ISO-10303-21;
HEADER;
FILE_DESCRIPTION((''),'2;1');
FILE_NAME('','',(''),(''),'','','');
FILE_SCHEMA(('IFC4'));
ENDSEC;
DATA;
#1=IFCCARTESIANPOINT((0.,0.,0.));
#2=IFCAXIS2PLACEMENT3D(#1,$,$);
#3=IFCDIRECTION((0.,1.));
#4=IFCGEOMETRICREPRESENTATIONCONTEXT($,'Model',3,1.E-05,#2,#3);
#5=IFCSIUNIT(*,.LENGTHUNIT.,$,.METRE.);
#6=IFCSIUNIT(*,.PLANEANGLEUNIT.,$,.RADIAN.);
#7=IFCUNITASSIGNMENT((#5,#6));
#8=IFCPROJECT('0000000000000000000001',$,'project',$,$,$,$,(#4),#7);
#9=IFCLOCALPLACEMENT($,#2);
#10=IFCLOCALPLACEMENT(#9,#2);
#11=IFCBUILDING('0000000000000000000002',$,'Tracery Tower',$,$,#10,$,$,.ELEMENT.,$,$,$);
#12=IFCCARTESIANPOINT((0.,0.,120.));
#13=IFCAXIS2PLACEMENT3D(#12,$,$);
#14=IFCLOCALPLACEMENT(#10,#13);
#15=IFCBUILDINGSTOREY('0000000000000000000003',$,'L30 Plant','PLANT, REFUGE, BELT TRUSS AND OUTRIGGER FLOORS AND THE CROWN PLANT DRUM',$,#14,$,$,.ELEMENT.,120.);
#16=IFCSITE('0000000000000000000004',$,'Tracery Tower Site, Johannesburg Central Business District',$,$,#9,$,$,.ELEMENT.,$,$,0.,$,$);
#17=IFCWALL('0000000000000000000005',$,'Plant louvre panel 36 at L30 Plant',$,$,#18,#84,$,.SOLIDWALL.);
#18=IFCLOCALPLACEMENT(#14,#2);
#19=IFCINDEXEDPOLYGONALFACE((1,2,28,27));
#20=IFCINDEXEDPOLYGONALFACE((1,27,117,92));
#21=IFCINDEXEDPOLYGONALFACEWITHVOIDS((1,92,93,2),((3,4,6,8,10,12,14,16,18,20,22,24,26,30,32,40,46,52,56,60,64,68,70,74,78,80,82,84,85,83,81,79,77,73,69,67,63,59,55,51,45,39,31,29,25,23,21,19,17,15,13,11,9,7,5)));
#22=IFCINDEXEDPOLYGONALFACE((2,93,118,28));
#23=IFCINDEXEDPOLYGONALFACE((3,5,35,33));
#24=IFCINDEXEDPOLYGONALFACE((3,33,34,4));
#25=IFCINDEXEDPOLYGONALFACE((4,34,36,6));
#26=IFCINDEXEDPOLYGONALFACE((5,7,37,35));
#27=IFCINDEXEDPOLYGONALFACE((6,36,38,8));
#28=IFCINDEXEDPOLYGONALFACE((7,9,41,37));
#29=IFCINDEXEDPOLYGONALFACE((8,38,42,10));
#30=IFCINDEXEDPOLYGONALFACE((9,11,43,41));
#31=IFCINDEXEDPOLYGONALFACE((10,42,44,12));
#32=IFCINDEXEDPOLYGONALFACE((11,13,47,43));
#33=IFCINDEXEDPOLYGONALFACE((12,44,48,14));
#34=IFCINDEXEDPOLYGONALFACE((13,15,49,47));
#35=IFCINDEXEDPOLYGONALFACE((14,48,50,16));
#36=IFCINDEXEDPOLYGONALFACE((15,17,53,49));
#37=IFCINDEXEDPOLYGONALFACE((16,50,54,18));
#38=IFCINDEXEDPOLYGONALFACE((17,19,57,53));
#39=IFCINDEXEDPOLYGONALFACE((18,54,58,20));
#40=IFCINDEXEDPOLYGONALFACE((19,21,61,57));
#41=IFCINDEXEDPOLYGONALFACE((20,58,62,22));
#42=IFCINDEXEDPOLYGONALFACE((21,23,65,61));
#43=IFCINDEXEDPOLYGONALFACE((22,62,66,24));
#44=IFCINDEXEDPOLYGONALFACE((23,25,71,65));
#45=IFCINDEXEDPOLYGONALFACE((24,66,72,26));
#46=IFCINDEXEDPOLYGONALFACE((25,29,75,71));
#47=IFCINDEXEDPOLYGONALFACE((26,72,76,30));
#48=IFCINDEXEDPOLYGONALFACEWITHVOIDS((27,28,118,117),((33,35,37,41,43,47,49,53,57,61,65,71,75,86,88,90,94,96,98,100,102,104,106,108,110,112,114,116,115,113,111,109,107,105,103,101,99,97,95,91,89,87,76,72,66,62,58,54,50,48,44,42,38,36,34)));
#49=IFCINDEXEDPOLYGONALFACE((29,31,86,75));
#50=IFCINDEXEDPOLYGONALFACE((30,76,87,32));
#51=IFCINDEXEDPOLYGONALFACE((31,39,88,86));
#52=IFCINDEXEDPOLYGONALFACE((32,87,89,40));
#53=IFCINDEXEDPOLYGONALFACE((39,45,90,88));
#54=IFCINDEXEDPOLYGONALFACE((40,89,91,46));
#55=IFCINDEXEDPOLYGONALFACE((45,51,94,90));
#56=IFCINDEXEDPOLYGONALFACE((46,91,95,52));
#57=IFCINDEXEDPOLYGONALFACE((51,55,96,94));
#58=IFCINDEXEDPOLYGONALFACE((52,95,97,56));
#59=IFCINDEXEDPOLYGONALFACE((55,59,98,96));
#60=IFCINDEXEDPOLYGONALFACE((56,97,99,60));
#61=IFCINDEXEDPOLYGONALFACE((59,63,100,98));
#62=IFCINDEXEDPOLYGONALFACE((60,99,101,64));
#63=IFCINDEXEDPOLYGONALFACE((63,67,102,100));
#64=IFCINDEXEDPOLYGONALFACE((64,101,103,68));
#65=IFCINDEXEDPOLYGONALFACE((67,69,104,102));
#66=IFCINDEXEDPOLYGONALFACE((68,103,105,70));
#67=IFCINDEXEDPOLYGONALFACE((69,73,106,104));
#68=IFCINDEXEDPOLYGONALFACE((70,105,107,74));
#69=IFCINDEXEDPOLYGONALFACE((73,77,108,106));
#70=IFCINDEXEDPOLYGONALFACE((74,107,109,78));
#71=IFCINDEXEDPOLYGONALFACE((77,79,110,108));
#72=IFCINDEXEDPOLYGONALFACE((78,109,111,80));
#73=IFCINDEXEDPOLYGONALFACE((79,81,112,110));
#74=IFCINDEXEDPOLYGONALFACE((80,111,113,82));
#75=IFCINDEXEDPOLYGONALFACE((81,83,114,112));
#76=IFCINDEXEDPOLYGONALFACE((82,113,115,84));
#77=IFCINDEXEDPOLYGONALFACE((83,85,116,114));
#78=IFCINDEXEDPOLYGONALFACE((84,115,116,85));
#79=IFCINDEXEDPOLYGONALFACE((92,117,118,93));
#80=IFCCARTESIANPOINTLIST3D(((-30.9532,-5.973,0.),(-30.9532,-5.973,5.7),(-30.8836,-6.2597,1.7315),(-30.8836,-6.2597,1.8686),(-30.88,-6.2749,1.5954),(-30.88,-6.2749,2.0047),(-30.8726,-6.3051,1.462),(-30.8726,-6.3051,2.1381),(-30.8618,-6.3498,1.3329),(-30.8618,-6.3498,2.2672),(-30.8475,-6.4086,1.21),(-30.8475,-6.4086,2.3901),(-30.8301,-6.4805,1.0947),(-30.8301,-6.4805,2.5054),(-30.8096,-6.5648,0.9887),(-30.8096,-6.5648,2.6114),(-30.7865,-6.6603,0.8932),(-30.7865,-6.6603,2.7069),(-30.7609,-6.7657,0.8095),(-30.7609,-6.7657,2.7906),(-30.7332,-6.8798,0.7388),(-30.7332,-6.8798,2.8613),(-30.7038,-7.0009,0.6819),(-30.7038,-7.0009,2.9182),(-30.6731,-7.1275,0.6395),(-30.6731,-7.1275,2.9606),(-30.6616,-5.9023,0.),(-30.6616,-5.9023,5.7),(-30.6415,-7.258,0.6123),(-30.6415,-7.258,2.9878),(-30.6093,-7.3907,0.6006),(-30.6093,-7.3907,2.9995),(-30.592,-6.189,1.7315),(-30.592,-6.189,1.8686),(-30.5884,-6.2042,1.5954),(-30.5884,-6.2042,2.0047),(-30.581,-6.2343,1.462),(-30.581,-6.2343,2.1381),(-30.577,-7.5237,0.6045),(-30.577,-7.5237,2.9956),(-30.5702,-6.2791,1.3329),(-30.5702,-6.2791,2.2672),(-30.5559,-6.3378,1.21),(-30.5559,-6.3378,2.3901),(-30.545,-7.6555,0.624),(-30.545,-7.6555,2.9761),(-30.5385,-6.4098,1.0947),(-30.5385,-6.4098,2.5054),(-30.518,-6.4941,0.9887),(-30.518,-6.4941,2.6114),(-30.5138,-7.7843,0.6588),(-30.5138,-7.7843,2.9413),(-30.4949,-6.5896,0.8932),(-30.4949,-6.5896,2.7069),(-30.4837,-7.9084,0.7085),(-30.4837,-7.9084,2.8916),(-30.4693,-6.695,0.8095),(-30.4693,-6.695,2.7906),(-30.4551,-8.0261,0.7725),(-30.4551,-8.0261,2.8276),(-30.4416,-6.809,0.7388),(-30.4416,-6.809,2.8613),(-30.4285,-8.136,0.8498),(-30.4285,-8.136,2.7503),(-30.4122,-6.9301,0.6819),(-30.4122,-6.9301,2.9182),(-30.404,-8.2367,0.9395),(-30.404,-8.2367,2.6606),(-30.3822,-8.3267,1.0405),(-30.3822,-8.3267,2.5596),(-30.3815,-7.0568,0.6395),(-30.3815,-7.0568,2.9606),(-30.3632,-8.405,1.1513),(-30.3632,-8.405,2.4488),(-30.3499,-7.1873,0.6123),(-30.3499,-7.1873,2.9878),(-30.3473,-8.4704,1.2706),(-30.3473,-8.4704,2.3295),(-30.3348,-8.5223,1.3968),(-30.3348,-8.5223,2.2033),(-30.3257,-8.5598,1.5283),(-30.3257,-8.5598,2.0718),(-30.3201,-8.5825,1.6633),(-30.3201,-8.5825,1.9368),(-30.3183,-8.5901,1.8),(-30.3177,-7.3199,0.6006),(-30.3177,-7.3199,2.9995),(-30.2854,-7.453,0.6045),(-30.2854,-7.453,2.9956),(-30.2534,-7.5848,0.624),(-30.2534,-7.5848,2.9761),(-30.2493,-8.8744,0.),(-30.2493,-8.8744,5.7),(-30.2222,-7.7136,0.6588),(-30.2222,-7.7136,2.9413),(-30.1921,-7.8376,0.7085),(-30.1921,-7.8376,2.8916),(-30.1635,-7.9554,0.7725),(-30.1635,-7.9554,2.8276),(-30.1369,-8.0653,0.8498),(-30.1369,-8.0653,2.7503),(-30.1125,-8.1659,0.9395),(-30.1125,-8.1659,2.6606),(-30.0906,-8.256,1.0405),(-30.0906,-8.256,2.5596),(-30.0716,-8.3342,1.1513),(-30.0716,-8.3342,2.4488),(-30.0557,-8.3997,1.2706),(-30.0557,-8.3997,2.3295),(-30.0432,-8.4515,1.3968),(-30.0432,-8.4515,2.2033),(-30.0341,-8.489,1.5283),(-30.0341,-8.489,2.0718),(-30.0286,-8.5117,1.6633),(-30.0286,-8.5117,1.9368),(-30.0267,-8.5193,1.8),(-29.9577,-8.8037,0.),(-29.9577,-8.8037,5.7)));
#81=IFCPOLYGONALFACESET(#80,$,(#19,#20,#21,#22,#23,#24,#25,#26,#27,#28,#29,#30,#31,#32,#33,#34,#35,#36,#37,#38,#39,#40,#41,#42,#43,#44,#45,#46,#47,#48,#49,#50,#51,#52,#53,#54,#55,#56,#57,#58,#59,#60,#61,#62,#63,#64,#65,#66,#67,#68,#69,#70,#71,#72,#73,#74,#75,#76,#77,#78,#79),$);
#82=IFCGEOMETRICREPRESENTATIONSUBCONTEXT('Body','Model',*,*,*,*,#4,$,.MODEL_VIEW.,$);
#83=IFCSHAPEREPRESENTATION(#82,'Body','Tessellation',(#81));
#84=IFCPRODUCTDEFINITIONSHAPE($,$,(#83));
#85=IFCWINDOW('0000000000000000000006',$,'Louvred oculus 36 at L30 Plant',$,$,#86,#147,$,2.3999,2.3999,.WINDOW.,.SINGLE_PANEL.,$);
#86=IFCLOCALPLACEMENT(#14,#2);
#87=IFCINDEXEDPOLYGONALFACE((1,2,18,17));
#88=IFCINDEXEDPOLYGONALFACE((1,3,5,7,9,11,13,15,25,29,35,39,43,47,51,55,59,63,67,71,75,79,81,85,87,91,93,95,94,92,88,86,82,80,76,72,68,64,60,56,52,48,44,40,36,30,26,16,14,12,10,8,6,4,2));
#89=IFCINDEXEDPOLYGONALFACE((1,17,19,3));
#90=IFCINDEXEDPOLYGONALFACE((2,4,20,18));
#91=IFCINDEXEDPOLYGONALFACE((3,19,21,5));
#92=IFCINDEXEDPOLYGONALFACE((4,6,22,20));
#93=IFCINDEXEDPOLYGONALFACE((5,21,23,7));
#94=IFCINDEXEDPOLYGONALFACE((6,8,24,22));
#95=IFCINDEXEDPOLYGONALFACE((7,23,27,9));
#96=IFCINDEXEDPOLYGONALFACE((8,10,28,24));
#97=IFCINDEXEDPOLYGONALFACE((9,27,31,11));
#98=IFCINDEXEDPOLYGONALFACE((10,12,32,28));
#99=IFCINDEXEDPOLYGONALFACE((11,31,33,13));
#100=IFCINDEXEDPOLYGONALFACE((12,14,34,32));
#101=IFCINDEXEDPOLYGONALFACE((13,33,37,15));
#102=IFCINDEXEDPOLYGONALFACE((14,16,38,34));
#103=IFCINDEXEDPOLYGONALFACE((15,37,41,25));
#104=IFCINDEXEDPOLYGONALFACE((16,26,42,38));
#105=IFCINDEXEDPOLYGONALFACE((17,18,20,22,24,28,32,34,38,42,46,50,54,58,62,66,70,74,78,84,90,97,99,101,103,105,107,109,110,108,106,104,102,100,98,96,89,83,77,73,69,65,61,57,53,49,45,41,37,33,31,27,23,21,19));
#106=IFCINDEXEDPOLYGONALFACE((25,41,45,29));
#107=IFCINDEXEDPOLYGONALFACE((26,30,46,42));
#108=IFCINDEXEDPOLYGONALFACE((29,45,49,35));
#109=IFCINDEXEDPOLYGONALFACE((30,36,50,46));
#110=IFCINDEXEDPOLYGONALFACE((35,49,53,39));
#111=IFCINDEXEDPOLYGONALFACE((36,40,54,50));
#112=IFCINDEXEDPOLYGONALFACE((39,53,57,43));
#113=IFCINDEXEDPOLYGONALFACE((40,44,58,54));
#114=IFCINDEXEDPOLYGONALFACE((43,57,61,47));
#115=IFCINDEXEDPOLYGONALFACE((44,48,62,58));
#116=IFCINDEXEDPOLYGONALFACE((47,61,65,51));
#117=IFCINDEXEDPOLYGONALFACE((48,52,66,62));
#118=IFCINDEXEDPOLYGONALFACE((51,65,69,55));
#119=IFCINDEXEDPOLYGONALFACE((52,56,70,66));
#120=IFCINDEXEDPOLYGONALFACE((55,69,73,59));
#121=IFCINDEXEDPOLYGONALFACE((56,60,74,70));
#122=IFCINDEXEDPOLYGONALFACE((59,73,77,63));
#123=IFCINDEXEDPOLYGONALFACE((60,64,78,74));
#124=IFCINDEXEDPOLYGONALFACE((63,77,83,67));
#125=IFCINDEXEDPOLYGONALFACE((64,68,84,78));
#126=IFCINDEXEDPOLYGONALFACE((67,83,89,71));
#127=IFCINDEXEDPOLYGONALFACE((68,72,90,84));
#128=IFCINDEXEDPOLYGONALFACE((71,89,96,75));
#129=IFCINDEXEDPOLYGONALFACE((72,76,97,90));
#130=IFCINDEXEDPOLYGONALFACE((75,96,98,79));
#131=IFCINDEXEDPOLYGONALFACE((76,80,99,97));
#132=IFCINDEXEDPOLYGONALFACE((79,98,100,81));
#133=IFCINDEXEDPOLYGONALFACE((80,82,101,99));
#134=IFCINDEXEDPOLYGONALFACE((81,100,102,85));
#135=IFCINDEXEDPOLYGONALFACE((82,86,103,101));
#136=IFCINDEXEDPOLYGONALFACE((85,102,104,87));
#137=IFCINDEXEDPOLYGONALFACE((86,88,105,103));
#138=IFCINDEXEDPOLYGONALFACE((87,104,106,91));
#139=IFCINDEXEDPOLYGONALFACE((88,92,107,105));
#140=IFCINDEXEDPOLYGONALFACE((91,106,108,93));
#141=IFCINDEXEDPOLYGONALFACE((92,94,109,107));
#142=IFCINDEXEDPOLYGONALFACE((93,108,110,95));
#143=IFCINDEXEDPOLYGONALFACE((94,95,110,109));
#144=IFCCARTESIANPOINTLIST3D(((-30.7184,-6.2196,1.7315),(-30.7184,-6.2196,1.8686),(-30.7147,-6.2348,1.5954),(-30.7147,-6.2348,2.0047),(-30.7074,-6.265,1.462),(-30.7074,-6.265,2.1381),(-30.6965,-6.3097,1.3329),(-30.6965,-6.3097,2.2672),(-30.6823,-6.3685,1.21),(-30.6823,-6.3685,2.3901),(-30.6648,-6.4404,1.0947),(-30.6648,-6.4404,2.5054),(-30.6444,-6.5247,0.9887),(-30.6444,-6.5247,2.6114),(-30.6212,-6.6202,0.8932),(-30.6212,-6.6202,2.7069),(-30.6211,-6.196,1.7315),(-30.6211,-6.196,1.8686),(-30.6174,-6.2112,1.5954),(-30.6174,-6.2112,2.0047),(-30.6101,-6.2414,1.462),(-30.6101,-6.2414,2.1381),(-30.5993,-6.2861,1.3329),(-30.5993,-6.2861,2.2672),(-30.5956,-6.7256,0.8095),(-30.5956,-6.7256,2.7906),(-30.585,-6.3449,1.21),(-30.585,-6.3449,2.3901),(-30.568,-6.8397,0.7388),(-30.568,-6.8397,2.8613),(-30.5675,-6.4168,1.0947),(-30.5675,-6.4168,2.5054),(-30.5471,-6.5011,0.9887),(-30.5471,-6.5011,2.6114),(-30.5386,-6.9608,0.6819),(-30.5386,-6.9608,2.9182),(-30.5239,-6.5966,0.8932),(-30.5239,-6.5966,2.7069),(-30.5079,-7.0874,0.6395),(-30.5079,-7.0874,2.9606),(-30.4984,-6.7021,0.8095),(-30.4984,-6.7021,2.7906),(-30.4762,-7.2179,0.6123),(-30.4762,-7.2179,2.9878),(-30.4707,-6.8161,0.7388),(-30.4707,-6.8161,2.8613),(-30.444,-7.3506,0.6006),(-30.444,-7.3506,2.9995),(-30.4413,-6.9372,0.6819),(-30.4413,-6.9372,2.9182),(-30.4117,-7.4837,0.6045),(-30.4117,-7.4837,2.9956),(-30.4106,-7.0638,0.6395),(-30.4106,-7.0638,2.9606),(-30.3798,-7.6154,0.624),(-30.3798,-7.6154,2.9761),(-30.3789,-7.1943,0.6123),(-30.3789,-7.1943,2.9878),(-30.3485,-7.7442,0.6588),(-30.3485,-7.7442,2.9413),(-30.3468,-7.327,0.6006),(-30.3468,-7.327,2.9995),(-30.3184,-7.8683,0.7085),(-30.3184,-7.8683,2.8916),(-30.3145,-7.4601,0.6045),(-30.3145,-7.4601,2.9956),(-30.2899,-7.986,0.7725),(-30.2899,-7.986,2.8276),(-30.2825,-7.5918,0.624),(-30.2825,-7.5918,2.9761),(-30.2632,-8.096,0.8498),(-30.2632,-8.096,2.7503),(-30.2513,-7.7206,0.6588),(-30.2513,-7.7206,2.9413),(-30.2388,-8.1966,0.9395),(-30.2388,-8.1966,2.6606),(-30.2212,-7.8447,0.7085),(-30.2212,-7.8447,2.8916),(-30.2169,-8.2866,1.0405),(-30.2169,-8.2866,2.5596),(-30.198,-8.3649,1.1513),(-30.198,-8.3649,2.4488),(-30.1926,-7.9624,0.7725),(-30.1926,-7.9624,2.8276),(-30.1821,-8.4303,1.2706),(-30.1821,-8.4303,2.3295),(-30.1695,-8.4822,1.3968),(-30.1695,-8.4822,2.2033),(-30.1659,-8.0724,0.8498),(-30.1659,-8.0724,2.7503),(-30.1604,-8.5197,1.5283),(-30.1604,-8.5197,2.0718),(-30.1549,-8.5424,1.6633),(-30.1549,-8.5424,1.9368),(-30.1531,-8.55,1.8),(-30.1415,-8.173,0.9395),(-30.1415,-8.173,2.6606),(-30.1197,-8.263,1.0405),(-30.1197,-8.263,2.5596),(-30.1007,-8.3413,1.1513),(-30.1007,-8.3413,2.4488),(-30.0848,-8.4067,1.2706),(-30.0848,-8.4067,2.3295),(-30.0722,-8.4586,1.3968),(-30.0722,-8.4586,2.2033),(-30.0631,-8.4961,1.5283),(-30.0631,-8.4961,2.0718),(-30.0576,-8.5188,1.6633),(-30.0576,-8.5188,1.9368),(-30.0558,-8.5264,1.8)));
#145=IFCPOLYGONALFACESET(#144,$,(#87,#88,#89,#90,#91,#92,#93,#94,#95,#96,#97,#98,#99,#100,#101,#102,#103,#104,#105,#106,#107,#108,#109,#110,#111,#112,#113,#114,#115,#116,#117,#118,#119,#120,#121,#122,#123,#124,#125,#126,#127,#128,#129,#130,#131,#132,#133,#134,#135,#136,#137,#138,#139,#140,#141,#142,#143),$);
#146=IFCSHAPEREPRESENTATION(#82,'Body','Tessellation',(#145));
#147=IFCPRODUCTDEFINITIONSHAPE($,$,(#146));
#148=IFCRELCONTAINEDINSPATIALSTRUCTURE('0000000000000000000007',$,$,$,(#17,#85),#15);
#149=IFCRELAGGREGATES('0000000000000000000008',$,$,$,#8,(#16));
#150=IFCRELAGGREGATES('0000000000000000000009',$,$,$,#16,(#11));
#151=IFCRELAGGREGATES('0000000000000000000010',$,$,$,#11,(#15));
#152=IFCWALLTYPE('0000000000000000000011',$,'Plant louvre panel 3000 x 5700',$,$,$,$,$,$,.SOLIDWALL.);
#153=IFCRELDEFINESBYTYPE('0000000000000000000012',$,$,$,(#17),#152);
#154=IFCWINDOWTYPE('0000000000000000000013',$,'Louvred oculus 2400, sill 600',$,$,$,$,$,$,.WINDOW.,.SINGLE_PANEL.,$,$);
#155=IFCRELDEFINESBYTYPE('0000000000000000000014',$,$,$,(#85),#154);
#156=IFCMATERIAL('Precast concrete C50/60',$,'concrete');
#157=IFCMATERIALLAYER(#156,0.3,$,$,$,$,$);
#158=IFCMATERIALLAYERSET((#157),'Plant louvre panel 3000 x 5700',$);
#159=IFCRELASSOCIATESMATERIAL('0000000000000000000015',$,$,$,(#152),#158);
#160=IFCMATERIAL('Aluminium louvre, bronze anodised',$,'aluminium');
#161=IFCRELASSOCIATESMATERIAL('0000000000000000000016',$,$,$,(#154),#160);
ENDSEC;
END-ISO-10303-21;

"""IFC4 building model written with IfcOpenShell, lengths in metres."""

from ifc_helpers import new_model, si_unit, direction, frame, frame_2d, origin, origin_2d, place, context, subcontext, project, spatial, rectangle, circle, extrude, material, layer, layer_set, type_object, element, fill, save


model = new_model("IFC4")

# Units and contexts
model_context = context("Model", 3, precision=1e-05, world=origin(), true_north=direction((0.0, 1.0)))
body_context = subcontext(model_context, "Body", "Model", "MODEL_VIEW")
ifc_project = project(units=[si_unit("LENGTHUNIT", "METRE"), si_unit("PLANEANGLEUNIT", "RADIAN")], contexts=[model_context])

# Site, building, storey
site_placement = place(None, origin())
site = spatial("IfcSite", under=ifc_project, at=site_placement, Name="Tracery Tower Site, Johannesburg Central Business District", CompositionType="ELEMENT", RefElevation=0.0)
building_placement = place(site_placement, origin())
building = spatial("IfcBuilding", under=site, at=building_placement, Name="Tracery Tower", CompositionType="ELEMENT")
storey_placement = place(building_placement, frame((0.0, 0.0, 120.0)))
storey = spatial("IfcBuildingStorey", under=building, at=storey_placement, Name="L30 Plant", Description="PLANT, REFUGE, BELT TRUSS AND OUTRIGGER FLOORS AND THE CROWN PLANT DRUM", CompositionType="ELEMENT", Elevation=120.0)

# Wall, opening, window
ifc_material_1 = material(Name="Precast concrete C50/60", Category="concrete")
ifc_layer_1 = layer(ifc_material_1, 0.3)
ifc_layer_set_1 = layer_set([ifc_layer_1], Name="Plant louvre panel 3000 x 5700")
wall_type_1 = type_object("IfcWallType", Name="Plant louvre panel 3000 x 5700", PredefinedType="SOLIDWALL", material=ifc_layer_set_1)
ifc_material_2 = material(Name="Aluminium louvre, bronze anodised", Category="aluminium")
window_type = type_object("IfcWindowType", Name="Louvred oculus 2400, sill 600", PartitioningType="SINGLE_PANEL", PredefinedType="WINDOW", material=ifc_material_2)
wall_1_placement = place(storey_placement, frame((-30.8074, -5.9377, 0.0), z_axis=(0.0, 0.0, 1.0), x_axis=(0.235757, -0.971812, 0.0)))
wall_1 = element("IfcWall", 1, at=wall_1_placement, inside=storey, type_object=wall_type_1, Name="Plant louvre panel 36 at L30 Plant", PredefinedType="SOLIDWALL", context=body_context, shape_type="SweptSolid", body=[
    extrude(rectangle(XDim=2.9856, YDim=0.3, at=frame_2d((1.4927, 0.0))), origin(), (0.0, 0.0, 1.0), 5.7),
])
opening_1_placement = place(wall_1_placement, frame((1.4929, 0.0, 1.8)))
opening_1 = element("IfcOpeningElement", 2, at=opening_1_placement, cuts=wall_1, PredefinedType="OPENING", context=body_context, shape_type="SweptSolid", body=[
    extrude(circle(Radius=1.2, at=origin_2d()), frame((0.0, 0.1599, 0.0), z_axis=(0.0, -1.0, 0.0), x_axis=(1.0, 0.0, 0.0)), (0.0, 0.0, 1.0), 0.3201),
])
window_1_placement = place(opening_1_placement, origin())
window_1 = element("IfcWindow", 3, at=window_1_placement, inside=storey, type_object=window_type, Name="Louvred oculus 36 at L30 Plant", OverallHeight=2.3999, OverallWidth=2.3999, PartitioningType="SINGLE_PANEL", PredefinedType="WINDOW", context=body_context, shape_type="SweptSolid", body=[
    extrude(circle(Radius=1.2, at=origin_2d()), frame((0.0, 0.1201, 0.0), z_axis=(0.0, -1.0, 0.0), x_axis=(1.0, 0.0, 0.0)), (0.0, 0.0, 1.0), 0.1001),
])
fill(opening_1, window_1)

save(model, "model.ifc")
